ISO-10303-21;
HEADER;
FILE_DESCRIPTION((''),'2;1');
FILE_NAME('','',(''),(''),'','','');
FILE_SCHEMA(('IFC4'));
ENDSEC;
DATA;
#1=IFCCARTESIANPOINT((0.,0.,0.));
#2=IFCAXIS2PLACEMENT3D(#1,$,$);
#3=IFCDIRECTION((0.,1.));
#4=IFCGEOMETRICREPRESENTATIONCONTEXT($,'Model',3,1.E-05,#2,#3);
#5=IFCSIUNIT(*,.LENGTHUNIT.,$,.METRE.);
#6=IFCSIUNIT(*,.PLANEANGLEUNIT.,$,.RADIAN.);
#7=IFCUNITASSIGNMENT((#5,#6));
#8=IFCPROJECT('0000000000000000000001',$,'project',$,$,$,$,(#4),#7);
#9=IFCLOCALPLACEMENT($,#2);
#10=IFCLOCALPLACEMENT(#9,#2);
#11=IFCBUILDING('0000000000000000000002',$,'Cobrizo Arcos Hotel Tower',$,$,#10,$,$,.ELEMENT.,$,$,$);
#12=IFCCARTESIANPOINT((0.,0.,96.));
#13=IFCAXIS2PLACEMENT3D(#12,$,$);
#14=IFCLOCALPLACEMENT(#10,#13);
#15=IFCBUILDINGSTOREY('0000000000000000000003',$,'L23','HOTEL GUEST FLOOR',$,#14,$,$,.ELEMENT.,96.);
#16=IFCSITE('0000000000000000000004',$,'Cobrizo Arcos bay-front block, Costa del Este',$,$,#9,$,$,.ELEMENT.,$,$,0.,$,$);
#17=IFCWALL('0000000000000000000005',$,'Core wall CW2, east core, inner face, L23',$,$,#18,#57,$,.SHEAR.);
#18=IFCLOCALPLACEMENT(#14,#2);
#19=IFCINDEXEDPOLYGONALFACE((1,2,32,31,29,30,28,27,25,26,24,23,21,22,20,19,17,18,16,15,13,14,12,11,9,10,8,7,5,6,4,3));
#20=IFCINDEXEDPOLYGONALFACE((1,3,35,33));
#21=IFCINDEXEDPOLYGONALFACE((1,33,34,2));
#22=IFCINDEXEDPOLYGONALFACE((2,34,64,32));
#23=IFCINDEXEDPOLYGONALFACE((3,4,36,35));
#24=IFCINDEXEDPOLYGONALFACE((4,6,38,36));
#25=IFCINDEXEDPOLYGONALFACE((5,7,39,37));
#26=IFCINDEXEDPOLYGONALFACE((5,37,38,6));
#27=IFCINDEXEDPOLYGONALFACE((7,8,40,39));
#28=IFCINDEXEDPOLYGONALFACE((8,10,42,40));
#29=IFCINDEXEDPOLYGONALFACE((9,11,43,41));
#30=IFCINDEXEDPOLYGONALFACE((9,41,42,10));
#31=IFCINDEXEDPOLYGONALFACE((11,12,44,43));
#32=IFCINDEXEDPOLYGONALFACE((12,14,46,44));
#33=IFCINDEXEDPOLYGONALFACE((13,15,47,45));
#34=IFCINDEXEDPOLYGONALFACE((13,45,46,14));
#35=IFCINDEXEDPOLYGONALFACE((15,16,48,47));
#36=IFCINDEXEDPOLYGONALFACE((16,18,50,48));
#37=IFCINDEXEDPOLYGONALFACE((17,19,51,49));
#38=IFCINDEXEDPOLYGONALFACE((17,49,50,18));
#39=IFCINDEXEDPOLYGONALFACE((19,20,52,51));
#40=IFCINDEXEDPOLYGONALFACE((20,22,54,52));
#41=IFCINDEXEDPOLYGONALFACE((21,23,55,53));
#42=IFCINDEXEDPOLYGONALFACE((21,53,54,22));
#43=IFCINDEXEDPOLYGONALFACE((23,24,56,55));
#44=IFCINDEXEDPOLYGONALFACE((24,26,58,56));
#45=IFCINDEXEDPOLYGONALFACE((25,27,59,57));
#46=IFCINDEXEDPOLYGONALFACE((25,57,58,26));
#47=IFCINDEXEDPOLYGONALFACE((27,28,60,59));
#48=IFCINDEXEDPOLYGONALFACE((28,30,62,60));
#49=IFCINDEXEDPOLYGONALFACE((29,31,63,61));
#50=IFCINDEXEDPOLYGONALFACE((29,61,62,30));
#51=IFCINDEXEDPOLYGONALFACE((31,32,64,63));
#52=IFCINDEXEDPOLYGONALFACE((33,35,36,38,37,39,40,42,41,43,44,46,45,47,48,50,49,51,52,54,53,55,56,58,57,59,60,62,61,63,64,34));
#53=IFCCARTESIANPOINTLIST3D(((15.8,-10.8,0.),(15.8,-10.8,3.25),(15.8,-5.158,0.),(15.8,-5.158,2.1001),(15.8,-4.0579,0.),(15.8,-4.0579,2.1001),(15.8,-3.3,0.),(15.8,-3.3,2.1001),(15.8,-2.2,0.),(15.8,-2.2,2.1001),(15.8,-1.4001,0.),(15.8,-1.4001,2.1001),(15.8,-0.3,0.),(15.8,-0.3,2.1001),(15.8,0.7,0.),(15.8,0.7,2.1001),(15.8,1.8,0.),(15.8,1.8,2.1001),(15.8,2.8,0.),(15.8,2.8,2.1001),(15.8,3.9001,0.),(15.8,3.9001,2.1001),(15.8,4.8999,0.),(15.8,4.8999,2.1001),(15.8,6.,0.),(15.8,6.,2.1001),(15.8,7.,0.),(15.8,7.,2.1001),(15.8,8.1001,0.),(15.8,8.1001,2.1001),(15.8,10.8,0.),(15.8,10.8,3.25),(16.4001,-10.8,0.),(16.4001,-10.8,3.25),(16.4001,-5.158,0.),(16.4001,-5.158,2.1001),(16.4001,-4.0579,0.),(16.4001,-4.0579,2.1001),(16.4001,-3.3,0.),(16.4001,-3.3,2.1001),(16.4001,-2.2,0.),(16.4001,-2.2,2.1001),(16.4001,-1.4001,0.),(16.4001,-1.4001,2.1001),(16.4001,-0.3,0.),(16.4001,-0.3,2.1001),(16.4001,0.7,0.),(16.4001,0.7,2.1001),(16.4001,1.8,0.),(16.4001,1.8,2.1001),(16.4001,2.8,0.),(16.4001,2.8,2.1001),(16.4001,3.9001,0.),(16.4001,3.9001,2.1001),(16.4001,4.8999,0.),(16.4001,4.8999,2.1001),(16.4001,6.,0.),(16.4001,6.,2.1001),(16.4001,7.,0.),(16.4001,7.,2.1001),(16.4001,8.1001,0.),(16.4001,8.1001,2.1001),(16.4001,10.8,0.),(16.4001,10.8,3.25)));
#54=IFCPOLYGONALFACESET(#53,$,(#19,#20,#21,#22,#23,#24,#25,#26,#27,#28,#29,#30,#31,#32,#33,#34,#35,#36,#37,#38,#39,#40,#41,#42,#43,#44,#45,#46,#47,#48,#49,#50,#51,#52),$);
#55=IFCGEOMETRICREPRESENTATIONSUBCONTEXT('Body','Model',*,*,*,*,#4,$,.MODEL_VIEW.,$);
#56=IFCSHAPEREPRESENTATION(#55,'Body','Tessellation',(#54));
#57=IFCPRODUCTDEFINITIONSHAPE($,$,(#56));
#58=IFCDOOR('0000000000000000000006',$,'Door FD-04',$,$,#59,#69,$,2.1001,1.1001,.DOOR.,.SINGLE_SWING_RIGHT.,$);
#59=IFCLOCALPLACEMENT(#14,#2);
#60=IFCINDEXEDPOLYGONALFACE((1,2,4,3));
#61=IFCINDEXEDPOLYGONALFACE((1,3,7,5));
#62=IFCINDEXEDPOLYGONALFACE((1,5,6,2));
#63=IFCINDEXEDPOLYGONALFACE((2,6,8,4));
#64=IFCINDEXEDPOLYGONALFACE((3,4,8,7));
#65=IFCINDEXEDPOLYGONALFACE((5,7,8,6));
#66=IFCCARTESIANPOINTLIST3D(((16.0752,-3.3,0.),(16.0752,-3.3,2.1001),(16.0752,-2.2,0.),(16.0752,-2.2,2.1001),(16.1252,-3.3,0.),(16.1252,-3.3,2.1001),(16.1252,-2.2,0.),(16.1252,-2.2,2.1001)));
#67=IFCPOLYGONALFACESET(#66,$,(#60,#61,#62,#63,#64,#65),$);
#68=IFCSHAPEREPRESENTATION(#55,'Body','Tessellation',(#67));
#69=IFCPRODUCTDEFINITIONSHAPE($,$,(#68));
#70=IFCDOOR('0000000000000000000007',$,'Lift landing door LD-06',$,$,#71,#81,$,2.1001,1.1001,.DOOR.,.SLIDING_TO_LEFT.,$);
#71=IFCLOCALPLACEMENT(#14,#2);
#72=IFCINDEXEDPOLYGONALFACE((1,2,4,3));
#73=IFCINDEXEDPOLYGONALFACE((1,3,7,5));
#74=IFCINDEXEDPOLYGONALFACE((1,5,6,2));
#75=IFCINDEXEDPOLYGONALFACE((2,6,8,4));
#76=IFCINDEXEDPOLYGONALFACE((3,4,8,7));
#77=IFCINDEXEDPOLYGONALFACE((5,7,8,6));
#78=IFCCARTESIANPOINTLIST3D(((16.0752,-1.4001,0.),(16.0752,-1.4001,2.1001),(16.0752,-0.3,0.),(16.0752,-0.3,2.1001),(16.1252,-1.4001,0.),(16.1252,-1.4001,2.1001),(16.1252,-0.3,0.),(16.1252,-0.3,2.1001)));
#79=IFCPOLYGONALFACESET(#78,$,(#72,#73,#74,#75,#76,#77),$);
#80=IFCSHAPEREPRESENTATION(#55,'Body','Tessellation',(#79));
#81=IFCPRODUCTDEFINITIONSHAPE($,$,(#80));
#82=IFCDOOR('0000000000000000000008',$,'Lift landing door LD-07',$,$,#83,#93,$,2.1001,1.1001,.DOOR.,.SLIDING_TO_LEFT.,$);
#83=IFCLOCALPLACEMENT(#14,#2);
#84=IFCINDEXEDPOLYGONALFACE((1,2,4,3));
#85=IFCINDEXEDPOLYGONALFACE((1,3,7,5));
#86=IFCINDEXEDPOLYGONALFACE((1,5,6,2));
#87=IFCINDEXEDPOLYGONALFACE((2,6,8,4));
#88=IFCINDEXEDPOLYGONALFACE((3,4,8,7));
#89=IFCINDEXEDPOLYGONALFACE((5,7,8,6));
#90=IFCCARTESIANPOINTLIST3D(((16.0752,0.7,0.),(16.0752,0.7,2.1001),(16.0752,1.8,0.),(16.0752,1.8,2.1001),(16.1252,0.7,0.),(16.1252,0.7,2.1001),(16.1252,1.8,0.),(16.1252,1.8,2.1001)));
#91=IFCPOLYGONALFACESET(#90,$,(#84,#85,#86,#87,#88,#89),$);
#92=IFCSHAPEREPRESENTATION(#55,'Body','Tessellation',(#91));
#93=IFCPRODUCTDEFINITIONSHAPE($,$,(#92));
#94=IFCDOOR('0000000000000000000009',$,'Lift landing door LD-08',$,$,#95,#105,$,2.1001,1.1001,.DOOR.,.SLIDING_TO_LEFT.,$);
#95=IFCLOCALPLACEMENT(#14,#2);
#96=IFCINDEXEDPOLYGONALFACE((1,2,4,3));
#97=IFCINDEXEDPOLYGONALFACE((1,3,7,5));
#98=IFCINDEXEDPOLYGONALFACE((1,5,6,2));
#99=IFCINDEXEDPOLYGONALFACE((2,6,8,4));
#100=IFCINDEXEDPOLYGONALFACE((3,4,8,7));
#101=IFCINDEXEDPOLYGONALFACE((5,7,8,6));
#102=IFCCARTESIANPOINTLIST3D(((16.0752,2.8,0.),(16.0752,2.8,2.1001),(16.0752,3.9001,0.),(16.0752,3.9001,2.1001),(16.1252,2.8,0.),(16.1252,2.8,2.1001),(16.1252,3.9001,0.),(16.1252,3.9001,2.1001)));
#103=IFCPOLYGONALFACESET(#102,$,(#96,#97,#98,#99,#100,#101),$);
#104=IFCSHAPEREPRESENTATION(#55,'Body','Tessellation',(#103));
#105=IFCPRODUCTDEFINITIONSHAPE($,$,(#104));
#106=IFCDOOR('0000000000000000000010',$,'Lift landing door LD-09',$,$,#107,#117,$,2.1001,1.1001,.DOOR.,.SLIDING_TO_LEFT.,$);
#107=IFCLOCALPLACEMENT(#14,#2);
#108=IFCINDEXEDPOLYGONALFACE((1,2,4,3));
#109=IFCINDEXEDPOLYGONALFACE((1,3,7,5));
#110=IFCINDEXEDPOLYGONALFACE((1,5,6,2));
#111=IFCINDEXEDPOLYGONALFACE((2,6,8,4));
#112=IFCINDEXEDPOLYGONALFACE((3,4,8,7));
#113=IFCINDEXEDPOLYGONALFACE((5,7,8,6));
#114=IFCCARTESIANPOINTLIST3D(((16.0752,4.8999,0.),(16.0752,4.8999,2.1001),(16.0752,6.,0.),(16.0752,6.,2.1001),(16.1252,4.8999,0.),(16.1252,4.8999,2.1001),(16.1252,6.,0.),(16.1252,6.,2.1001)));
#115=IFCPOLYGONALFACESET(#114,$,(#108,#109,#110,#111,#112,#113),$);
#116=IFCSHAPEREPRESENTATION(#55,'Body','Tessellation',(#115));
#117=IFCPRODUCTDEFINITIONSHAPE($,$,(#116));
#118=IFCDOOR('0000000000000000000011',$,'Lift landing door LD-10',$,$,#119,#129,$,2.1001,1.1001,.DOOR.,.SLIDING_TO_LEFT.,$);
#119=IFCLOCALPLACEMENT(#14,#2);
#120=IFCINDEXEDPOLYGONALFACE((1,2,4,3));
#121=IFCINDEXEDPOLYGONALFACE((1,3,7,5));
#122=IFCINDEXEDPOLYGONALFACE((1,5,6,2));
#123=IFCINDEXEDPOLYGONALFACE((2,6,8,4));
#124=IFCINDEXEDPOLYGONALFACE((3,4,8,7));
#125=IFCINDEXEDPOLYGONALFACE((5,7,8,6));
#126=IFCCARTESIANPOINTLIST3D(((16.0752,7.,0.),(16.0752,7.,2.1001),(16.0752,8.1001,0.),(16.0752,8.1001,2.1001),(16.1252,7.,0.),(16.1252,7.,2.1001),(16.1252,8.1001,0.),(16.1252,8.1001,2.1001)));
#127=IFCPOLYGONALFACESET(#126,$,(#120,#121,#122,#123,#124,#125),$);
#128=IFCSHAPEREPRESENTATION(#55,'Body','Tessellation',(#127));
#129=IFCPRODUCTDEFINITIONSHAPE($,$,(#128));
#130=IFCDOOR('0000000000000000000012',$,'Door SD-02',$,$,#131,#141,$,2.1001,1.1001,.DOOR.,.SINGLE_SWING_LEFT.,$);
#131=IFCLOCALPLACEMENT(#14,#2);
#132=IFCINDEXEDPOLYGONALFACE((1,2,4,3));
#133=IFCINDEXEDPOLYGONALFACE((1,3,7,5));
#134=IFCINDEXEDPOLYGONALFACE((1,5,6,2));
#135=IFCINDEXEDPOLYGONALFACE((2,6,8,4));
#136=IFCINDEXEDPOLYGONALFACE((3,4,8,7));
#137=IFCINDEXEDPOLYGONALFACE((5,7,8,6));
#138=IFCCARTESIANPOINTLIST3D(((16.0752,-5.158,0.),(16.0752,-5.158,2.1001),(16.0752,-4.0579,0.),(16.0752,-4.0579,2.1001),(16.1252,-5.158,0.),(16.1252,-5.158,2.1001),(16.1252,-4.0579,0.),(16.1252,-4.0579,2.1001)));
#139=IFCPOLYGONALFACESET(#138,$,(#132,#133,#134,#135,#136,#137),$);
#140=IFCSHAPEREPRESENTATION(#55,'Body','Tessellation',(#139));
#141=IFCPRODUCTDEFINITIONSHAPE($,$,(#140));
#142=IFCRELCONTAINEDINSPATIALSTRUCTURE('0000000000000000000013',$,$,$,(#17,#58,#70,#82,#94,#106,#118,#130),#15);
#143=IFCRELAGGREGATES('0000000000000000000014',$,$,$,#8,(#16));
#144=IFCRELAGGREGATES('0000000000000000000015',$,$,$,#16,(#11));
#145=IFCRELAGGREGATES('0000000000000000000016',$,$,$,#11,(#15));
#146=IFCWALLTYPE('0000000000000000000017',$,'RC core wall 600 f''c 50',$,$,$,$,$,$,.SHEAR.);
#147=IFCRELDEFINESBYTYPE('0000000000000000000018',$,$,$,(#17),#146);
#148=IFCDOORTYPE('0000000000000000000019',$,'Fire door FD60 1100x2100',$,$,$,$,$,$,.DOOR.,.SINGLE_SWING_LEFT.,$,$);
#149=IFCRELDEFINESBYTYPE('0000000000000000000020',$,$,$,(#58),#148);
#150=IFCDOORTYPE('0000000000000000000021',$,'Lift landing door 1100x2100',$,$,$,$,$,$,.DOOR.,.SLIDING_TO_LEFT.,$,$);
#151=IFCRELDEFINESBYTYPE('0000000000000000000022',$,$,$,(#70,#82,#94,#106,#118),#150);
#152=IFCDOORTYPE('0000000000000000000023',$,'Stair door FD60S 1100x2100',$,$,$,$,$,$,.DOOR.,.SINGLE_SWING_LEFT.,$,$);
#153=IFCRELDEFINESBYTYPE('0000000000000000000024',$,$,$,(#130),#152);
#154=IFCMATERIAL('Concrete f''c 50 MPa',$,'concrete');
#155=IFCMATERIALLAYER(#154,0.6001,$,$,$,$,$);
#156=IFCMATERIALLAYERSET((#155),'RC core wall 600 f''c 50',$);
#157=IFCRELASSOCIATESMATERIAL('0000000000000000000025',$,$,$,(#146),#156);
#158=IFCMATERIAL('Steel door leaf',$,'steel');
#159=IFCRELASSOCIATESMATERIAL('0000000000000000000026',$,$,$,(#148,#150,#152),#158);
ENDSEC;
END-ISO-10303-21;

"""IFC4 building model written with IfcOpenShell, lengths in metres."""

from ifc_helpers import new_model, si_unit, direction, frame, frame_2d, origin, place, context, subcontext, project, spatial, rectangle, extrude, material, layer, layer_set, type_object, element, fill, save


model = new_model("IFC4")

# Units and contexts
model_context = context("Model", 3, precision=1e-05, world=origin(), true_north=direction((0.0, 1.0)))
body_context = subcontext(model_context, "Body", "Model", "MODEL_VIEW")
ifc_project = project(units=[si_unit("LENGTHUNIT", "METRE"), si_unit("PLANEANGLEUNIT", "RADIAN")], contexts=[model_context])

# Site, building, storey
site_placement = place(None, origin())
site = spatial("IfcSite", under=ifc_project, at=site_placement, Name="Cobrizo Arcos bay-front block, Costa del Este", CompositionType="ELEMENT", RefElevation=0.0)
building_placement = place(site_placement, origin())
building = spatial("IfcBuilding", under=site, at=building_placement, Name="Cobrizo Arcos Hotel Tower", CompositionType="ELEMENT")
storey_placement = place(building_placement, frame((0.0, 0.0, 96.0)))
storey = spatial("IfcBuildingStorey", under=building, at=storey_placement, Name="L23", Description="HOTEL GUEST FLOOR", CompositionType="ELEMENT", Elevation=96.0)

# Wall, openings, doors
ifc_material_1 = material(Name="Concrete f'c 50 MPa", Category="concrete")
ifc_layer_1 = layer(ifc_material_1, 0.6001)
ifc_layer_set_1 = layer_set([ifc_layer_1], Name="RC core wall 600 f'c 50")
wall_type_1 = type_object("IfcWallType", Name="RC core wall 600 f'c 50", PredefinedType="SHEAR", material=ifc_layer_set_1)
wall_1_placement = place(storey_placement, frame((16.1001, -10.8, 0.0), z_axis=(0.0, 0.0, 1.0), x_axis=(0.0, 1.0, 0.0)))
wall_1 = element("IfcWall", 1, at=wall_1_placement, inside=storey, type_object=wall_type_1, Name="Core wall CW2, east core, inner face, L23", PredefinedType="SHEAR", context=body_context, shape_type="SweptSolid", body=[
    extrude(rectangle(XDim=21.6001, YDim=0.6001, at=frame_2d((10.8, 0.0))), origin(), (0.0, 0.0, 1.0), 3.25),
])
opening_1_placement = place(wall_1_placement, frame((9.3999, 0.0, 0.0)))
opening_1 = element("IfcOpeningElement", 2, at=opening_1_placement, cuts=wall_1, PredefinedType="OPENING", context=body_context, shape_type="SweptSolid", body=[
    extrude(rectangle(XDim=1.1001, YDim=2.1001, at=frame_2d((0.55, 1.05))), frame((0.0, 0.312, 0.0), z_axis=(0.0, -1.0, 0.0), x_axis=(1.0, 0.0, 0.0)), (0.0, 0.0, 1.0), 0.624),
])
opening_2_placement = place(wall_1_placement, frame((11.5, 0.0, 0.0)))
opening_2 = element("IfcOpeningElement", 3, at=opening_2_placement, cuts=wall_1, PredefinedType="OPENING", context=body_context, shape_type="SweptSolid", body=[
    extrude(rectangle(XDim=1.1001, YDim=2.1001, at=frame_2d((0.55, 1.05))), frame((0.0, 0.312, 0.0), z_axis=(0.0, -1.0, 0.0), x_axis=(1.0, 0.0, 0.0)), (0.0, 0.0, 1.0), 0.624),
])
opening_3_placement = place(wall_1_placement, frame((13.6001, 0.0, 0.0)))
opening_3 = element("IfcOpeningElement", 4, at=opening_3_placement, cuts=wall_1, PredefinedType="OPENING", context=body_context, shape_type="SweptSolid", body=[
    extrude(rectangle(XDim=1.1001, YDim=2.1001, at=frame_2d((0.55, 1.05))), frame((0.0, 0.312, 0.0), z_axis=(0.0, -1.0, 0.0), x_axis=(1.0, 0.0, 0.0)), (0.0, 0.0, 1.0), 0.624),
])
opening_4_placement = place(wall_1_placement, frame((15.7, 0.0, 0.0)))
opening_4 = element("IfcOpeningElement", 5, at=opening_4_placement, cuts=wall_1, PredefinedType="OPENING", context=body_context, shape_type="SweptSolid", body=[
    extrude(rectangle(XDim=1.1001, YDim=2.1001, at=frame_2d((0.55, 1.05))), frame((0.0, 0.312, 0.0), z_axis=(0.0, -1.0, 0.0), x_axis=(1.0, 0.0, 0.0)), (0.0, 0.0, 1.0), 0.624),
])
opening_5_placement = place(wall_1_placement, frame((17.8, 0.0, 0.0)))
opening_5 = element("IfcOpeningElement", 6, at=opening_5_placement, cuts=wall_1, PredefinedType="OPENING", context=body_context, shape_type="SweptSolid", body=[
    extrude(rectangle(XDim=1.1001, YDim=2.1001, at=frame_2d((0.55, 1.05))), frame((0.0, 0.312, 0.0), z_axis=(0.0, -1.0, 0.0), x_axis=(1.0, 0.0, 0.0)), (0.0, 0.0, 1.0), 0.624),
])
opening_6_placement = place(wall_1_placement, frame((5.6421, 0.0, 0.0)))
opening_6 = element("IfcOpeningElement", 7, at=opening_6_placement, cuts=wall_1, PredefinedType="OPENING", context=body_context, shape_type="SweptSolid", body=[
    extrude(rectangle(XDim=1.1001, YDim=2.1001, at=frame_2d((0.55, 1.05))), frame((0.0, 0.312, 0.0), z_axis=(0.0, -1.0, 0.0), x_axis=(1.0, 0.0, 0.0)), (0.0, 0.0, 1.0), 0.624),
])
opening_7_placement = place(wall_1_placement, frame((7.5, 0.0, 0.0)))
opening_7 = element("IfcOpeningElement", 8, at=opening_7_placement, cuts=wall_1, PredefinedType="OPENING", context=body_context, shape_type="SweptSolid", body=[
    extrude(rectangle(XDim=1.1001, YDim=2.1001, at=frame_2d((0.55, 1.05))), frame((0.0, 0.312, 0.0), z_axis=(0.0, -1.0, 0.0), x_axis=(1.0, 0.0, 0.0)), (0.0, 0.0, 1.0), 0.624),
])
ifc_material_2 = material(Name="Steel door leaf", Category="steel")
door_type_1 = type_object("IfcDoorType", Name="Fire door FD60 1100x2100", OperationType="SINGLE_SWING_LEFT", PredefinedType="DOOR", material=ifc_material_2)
door_1_placement = place(opening_7_placement, origin())
door_1 = element("IfcDoor", 9, at=door_1_placement, inside=storey, type_object=door_type_1, Name="Door FD-04", OperationType="SINGLE_SWING_RIGHT", OverallHeight=2.1001, OverallWidth=1.1001, PredefinedType="DOOR", context=body_context, shape_type="SweptSolid", body=[
    extrude(rectangle(XDim=1.1001, YDim=2.1001, at=frame_2d((0.55, 1.05))), frame((0.0, 0.0249, 0.0), z_axis=(0.0, -1.0, 0.0), x_axis=(1.0, 0.0, 0.0)), (0.0, 0.0, 1.0), 0.05),
])
fill(opening_7, door_1)
door_type_2 = type_object("IfcDoorType", Name="Lift landing door 1100x2100", OperationType="SLIDING_TO_LEFT", PredefinedType="DOOR", material=ifc_material_2)
door_2_placement = place(opening_1_placement, origin())
door_2 = element("IfcDoor", 10, at=door_2_placement, inside=storey, type_object=door_type_2, Name="Lift landing door LD-06", OperationType="SLIDING_TO_LEFT", OverallHeight=2.1001, OverallWidth=1.1001, PredefinedType="DOOR", context=body_context, shape_type="SweptSolid", body=[
    extrude(rectangle(XDim=1.1001, YDim=2.1001, at=frame_2d((0.55, 1.05))), frame((0.0, 0.0249, 0.0), z_axis=(0.0, -1.0, 0.0), x_axis=(1.0, 0.0, 0.0)), (0.0, 0.0, 1.0), 0.05),
])
fill(opening_1, door_2)
door_3_placement = place(opening_2_placement, origin())
door_3 = element("IfcDoor", 11, at=door_3_placement, inside=storey, type_object=door_type_2, Name="Lift landing door LD-07", OperationType="SLIDING_TO_LEFT", OverallHeight=2.1001, OverallWidth=1.1001, PredefinedType="DOOR", context=body_context, shape_type="SweptSolid", body=[
    extrude(rectangle(XDim=1.1001, YDim=2.1001, at=frame_2d((0.55, 1.05))), frame((0.0, 0.0249, 0.0), z_axis=(0.0, -1.0, 0.0), x_axis=(1.0, 0.0, 0.0)), (0.0, 0.0, 1.0), 0.05),
])
fill(opening_2, door_3)
door_4_placement = place(opening_3_placement, origin())
door_4 = element("IfcDoor", 12, at=door_4_placement, inside=storey, type_object=door_type_2, Name="Lift landing door LD-08", OperationType="SLIDING_TO_LEFT", OverallHeight=2.1001, OverallWidth=1.1001, PredefinedType="DOOR", context=body_context, shape_type="SweptSolid", body=[
    extrude(rectangle(XDim=1.1001, YDim=2.1001, at=frame_2d((0.55, 1.05))), frame((0.0, 0.0249, 0.0), z_axis=(0.0, -1.0, 0.0), x_axis=(1.0, 0.0, 0.0)), (0.0, 0.0, 1.0), 0.05),
])
fill(opening_3, door_4)
door_5_placement = place(opening_4_placement, origin())
door_5 = element("IfcDoor", 13, at=door_5_placement, inside=storey, type_object=door_type_2, Name="Lift landing door LD-09", OperationType="SLIDING_TO_LEFT", OverallHeight=2.1001, OverallWidth=1.1001, PredefinedType="DOOR", context=body_context, shape_type="SweptSolid", body=[
    extrude(rectangle(XDim=1.1001, YDim=2.1001, at=frame_2d((0.55, 1.05))), frame((0.0, 0.0249, 0.0), z_axis=(0.0, -1.0, 0.0), x_axis=(1.0, 0.0, 0.0)), (0.0, 0.0, 1.0), 0.05),
])
fill(opening_4, door_5)
door_6_placement = place(opening_5_placement, origin())
door_6 = element("IfcDoor", 14, at=door_6_placement, inside=storey, type_object=door_type_2, Name="Lift landing door LD-10", OperationType="SLIDING_TO_LEFT", OverallHeight=2.1001, OverallWidth=1.1001, PredefinedType="DOOR", context=body_context, shape_type="SweptSolid", body=[
    extrude(rectangle(XDim=1.1001, YDim=2.1001, at=frame_2d((0.55, 1.05))), frame((0.0, 0.0249, 0.0), z_axis=(0.0, -1.0, 0.0), x_axis=(1.0, 0.0, 0.0)), (0.0, 0.0, 1.0), 0.05),
])
fill(opening_5, door_6)
door_type_3 = type_object("IfcDoorType", Name="Stair door FD60S 1100x2100", OperationType="SINGLE_SWING_LEFT", PredefinedType="DOOR", material=ifc_material_2)
door_7_placement = place(opening_6_placement, origin())
door_7 = element("IfcDoor", 15, at=door_7_placement, inside=storey, type_object=door_type_3, Name="Door SD-02", OperationType="SINGLE_SWING_LEFT", OverallHeight=2.1001, OverallWidth=1.1001, PredefinedType="DOOR", context=body_context, shape_type="SweptSolid", body=[
    extrude(rectangle(XDim=1.1001, YDim=2.1001, at=frame_2d((0.55, 1.05))), frame((0.0, 0.0249, 0.0), z_axis=(0.0, -1.0, 0.0), x_axis=(1.0, 0.0, 0.0)), (0.0, 0.0, 1.0), 0.05),
])
fill(opening_6, door_7)

save(model, "model.ifc")
